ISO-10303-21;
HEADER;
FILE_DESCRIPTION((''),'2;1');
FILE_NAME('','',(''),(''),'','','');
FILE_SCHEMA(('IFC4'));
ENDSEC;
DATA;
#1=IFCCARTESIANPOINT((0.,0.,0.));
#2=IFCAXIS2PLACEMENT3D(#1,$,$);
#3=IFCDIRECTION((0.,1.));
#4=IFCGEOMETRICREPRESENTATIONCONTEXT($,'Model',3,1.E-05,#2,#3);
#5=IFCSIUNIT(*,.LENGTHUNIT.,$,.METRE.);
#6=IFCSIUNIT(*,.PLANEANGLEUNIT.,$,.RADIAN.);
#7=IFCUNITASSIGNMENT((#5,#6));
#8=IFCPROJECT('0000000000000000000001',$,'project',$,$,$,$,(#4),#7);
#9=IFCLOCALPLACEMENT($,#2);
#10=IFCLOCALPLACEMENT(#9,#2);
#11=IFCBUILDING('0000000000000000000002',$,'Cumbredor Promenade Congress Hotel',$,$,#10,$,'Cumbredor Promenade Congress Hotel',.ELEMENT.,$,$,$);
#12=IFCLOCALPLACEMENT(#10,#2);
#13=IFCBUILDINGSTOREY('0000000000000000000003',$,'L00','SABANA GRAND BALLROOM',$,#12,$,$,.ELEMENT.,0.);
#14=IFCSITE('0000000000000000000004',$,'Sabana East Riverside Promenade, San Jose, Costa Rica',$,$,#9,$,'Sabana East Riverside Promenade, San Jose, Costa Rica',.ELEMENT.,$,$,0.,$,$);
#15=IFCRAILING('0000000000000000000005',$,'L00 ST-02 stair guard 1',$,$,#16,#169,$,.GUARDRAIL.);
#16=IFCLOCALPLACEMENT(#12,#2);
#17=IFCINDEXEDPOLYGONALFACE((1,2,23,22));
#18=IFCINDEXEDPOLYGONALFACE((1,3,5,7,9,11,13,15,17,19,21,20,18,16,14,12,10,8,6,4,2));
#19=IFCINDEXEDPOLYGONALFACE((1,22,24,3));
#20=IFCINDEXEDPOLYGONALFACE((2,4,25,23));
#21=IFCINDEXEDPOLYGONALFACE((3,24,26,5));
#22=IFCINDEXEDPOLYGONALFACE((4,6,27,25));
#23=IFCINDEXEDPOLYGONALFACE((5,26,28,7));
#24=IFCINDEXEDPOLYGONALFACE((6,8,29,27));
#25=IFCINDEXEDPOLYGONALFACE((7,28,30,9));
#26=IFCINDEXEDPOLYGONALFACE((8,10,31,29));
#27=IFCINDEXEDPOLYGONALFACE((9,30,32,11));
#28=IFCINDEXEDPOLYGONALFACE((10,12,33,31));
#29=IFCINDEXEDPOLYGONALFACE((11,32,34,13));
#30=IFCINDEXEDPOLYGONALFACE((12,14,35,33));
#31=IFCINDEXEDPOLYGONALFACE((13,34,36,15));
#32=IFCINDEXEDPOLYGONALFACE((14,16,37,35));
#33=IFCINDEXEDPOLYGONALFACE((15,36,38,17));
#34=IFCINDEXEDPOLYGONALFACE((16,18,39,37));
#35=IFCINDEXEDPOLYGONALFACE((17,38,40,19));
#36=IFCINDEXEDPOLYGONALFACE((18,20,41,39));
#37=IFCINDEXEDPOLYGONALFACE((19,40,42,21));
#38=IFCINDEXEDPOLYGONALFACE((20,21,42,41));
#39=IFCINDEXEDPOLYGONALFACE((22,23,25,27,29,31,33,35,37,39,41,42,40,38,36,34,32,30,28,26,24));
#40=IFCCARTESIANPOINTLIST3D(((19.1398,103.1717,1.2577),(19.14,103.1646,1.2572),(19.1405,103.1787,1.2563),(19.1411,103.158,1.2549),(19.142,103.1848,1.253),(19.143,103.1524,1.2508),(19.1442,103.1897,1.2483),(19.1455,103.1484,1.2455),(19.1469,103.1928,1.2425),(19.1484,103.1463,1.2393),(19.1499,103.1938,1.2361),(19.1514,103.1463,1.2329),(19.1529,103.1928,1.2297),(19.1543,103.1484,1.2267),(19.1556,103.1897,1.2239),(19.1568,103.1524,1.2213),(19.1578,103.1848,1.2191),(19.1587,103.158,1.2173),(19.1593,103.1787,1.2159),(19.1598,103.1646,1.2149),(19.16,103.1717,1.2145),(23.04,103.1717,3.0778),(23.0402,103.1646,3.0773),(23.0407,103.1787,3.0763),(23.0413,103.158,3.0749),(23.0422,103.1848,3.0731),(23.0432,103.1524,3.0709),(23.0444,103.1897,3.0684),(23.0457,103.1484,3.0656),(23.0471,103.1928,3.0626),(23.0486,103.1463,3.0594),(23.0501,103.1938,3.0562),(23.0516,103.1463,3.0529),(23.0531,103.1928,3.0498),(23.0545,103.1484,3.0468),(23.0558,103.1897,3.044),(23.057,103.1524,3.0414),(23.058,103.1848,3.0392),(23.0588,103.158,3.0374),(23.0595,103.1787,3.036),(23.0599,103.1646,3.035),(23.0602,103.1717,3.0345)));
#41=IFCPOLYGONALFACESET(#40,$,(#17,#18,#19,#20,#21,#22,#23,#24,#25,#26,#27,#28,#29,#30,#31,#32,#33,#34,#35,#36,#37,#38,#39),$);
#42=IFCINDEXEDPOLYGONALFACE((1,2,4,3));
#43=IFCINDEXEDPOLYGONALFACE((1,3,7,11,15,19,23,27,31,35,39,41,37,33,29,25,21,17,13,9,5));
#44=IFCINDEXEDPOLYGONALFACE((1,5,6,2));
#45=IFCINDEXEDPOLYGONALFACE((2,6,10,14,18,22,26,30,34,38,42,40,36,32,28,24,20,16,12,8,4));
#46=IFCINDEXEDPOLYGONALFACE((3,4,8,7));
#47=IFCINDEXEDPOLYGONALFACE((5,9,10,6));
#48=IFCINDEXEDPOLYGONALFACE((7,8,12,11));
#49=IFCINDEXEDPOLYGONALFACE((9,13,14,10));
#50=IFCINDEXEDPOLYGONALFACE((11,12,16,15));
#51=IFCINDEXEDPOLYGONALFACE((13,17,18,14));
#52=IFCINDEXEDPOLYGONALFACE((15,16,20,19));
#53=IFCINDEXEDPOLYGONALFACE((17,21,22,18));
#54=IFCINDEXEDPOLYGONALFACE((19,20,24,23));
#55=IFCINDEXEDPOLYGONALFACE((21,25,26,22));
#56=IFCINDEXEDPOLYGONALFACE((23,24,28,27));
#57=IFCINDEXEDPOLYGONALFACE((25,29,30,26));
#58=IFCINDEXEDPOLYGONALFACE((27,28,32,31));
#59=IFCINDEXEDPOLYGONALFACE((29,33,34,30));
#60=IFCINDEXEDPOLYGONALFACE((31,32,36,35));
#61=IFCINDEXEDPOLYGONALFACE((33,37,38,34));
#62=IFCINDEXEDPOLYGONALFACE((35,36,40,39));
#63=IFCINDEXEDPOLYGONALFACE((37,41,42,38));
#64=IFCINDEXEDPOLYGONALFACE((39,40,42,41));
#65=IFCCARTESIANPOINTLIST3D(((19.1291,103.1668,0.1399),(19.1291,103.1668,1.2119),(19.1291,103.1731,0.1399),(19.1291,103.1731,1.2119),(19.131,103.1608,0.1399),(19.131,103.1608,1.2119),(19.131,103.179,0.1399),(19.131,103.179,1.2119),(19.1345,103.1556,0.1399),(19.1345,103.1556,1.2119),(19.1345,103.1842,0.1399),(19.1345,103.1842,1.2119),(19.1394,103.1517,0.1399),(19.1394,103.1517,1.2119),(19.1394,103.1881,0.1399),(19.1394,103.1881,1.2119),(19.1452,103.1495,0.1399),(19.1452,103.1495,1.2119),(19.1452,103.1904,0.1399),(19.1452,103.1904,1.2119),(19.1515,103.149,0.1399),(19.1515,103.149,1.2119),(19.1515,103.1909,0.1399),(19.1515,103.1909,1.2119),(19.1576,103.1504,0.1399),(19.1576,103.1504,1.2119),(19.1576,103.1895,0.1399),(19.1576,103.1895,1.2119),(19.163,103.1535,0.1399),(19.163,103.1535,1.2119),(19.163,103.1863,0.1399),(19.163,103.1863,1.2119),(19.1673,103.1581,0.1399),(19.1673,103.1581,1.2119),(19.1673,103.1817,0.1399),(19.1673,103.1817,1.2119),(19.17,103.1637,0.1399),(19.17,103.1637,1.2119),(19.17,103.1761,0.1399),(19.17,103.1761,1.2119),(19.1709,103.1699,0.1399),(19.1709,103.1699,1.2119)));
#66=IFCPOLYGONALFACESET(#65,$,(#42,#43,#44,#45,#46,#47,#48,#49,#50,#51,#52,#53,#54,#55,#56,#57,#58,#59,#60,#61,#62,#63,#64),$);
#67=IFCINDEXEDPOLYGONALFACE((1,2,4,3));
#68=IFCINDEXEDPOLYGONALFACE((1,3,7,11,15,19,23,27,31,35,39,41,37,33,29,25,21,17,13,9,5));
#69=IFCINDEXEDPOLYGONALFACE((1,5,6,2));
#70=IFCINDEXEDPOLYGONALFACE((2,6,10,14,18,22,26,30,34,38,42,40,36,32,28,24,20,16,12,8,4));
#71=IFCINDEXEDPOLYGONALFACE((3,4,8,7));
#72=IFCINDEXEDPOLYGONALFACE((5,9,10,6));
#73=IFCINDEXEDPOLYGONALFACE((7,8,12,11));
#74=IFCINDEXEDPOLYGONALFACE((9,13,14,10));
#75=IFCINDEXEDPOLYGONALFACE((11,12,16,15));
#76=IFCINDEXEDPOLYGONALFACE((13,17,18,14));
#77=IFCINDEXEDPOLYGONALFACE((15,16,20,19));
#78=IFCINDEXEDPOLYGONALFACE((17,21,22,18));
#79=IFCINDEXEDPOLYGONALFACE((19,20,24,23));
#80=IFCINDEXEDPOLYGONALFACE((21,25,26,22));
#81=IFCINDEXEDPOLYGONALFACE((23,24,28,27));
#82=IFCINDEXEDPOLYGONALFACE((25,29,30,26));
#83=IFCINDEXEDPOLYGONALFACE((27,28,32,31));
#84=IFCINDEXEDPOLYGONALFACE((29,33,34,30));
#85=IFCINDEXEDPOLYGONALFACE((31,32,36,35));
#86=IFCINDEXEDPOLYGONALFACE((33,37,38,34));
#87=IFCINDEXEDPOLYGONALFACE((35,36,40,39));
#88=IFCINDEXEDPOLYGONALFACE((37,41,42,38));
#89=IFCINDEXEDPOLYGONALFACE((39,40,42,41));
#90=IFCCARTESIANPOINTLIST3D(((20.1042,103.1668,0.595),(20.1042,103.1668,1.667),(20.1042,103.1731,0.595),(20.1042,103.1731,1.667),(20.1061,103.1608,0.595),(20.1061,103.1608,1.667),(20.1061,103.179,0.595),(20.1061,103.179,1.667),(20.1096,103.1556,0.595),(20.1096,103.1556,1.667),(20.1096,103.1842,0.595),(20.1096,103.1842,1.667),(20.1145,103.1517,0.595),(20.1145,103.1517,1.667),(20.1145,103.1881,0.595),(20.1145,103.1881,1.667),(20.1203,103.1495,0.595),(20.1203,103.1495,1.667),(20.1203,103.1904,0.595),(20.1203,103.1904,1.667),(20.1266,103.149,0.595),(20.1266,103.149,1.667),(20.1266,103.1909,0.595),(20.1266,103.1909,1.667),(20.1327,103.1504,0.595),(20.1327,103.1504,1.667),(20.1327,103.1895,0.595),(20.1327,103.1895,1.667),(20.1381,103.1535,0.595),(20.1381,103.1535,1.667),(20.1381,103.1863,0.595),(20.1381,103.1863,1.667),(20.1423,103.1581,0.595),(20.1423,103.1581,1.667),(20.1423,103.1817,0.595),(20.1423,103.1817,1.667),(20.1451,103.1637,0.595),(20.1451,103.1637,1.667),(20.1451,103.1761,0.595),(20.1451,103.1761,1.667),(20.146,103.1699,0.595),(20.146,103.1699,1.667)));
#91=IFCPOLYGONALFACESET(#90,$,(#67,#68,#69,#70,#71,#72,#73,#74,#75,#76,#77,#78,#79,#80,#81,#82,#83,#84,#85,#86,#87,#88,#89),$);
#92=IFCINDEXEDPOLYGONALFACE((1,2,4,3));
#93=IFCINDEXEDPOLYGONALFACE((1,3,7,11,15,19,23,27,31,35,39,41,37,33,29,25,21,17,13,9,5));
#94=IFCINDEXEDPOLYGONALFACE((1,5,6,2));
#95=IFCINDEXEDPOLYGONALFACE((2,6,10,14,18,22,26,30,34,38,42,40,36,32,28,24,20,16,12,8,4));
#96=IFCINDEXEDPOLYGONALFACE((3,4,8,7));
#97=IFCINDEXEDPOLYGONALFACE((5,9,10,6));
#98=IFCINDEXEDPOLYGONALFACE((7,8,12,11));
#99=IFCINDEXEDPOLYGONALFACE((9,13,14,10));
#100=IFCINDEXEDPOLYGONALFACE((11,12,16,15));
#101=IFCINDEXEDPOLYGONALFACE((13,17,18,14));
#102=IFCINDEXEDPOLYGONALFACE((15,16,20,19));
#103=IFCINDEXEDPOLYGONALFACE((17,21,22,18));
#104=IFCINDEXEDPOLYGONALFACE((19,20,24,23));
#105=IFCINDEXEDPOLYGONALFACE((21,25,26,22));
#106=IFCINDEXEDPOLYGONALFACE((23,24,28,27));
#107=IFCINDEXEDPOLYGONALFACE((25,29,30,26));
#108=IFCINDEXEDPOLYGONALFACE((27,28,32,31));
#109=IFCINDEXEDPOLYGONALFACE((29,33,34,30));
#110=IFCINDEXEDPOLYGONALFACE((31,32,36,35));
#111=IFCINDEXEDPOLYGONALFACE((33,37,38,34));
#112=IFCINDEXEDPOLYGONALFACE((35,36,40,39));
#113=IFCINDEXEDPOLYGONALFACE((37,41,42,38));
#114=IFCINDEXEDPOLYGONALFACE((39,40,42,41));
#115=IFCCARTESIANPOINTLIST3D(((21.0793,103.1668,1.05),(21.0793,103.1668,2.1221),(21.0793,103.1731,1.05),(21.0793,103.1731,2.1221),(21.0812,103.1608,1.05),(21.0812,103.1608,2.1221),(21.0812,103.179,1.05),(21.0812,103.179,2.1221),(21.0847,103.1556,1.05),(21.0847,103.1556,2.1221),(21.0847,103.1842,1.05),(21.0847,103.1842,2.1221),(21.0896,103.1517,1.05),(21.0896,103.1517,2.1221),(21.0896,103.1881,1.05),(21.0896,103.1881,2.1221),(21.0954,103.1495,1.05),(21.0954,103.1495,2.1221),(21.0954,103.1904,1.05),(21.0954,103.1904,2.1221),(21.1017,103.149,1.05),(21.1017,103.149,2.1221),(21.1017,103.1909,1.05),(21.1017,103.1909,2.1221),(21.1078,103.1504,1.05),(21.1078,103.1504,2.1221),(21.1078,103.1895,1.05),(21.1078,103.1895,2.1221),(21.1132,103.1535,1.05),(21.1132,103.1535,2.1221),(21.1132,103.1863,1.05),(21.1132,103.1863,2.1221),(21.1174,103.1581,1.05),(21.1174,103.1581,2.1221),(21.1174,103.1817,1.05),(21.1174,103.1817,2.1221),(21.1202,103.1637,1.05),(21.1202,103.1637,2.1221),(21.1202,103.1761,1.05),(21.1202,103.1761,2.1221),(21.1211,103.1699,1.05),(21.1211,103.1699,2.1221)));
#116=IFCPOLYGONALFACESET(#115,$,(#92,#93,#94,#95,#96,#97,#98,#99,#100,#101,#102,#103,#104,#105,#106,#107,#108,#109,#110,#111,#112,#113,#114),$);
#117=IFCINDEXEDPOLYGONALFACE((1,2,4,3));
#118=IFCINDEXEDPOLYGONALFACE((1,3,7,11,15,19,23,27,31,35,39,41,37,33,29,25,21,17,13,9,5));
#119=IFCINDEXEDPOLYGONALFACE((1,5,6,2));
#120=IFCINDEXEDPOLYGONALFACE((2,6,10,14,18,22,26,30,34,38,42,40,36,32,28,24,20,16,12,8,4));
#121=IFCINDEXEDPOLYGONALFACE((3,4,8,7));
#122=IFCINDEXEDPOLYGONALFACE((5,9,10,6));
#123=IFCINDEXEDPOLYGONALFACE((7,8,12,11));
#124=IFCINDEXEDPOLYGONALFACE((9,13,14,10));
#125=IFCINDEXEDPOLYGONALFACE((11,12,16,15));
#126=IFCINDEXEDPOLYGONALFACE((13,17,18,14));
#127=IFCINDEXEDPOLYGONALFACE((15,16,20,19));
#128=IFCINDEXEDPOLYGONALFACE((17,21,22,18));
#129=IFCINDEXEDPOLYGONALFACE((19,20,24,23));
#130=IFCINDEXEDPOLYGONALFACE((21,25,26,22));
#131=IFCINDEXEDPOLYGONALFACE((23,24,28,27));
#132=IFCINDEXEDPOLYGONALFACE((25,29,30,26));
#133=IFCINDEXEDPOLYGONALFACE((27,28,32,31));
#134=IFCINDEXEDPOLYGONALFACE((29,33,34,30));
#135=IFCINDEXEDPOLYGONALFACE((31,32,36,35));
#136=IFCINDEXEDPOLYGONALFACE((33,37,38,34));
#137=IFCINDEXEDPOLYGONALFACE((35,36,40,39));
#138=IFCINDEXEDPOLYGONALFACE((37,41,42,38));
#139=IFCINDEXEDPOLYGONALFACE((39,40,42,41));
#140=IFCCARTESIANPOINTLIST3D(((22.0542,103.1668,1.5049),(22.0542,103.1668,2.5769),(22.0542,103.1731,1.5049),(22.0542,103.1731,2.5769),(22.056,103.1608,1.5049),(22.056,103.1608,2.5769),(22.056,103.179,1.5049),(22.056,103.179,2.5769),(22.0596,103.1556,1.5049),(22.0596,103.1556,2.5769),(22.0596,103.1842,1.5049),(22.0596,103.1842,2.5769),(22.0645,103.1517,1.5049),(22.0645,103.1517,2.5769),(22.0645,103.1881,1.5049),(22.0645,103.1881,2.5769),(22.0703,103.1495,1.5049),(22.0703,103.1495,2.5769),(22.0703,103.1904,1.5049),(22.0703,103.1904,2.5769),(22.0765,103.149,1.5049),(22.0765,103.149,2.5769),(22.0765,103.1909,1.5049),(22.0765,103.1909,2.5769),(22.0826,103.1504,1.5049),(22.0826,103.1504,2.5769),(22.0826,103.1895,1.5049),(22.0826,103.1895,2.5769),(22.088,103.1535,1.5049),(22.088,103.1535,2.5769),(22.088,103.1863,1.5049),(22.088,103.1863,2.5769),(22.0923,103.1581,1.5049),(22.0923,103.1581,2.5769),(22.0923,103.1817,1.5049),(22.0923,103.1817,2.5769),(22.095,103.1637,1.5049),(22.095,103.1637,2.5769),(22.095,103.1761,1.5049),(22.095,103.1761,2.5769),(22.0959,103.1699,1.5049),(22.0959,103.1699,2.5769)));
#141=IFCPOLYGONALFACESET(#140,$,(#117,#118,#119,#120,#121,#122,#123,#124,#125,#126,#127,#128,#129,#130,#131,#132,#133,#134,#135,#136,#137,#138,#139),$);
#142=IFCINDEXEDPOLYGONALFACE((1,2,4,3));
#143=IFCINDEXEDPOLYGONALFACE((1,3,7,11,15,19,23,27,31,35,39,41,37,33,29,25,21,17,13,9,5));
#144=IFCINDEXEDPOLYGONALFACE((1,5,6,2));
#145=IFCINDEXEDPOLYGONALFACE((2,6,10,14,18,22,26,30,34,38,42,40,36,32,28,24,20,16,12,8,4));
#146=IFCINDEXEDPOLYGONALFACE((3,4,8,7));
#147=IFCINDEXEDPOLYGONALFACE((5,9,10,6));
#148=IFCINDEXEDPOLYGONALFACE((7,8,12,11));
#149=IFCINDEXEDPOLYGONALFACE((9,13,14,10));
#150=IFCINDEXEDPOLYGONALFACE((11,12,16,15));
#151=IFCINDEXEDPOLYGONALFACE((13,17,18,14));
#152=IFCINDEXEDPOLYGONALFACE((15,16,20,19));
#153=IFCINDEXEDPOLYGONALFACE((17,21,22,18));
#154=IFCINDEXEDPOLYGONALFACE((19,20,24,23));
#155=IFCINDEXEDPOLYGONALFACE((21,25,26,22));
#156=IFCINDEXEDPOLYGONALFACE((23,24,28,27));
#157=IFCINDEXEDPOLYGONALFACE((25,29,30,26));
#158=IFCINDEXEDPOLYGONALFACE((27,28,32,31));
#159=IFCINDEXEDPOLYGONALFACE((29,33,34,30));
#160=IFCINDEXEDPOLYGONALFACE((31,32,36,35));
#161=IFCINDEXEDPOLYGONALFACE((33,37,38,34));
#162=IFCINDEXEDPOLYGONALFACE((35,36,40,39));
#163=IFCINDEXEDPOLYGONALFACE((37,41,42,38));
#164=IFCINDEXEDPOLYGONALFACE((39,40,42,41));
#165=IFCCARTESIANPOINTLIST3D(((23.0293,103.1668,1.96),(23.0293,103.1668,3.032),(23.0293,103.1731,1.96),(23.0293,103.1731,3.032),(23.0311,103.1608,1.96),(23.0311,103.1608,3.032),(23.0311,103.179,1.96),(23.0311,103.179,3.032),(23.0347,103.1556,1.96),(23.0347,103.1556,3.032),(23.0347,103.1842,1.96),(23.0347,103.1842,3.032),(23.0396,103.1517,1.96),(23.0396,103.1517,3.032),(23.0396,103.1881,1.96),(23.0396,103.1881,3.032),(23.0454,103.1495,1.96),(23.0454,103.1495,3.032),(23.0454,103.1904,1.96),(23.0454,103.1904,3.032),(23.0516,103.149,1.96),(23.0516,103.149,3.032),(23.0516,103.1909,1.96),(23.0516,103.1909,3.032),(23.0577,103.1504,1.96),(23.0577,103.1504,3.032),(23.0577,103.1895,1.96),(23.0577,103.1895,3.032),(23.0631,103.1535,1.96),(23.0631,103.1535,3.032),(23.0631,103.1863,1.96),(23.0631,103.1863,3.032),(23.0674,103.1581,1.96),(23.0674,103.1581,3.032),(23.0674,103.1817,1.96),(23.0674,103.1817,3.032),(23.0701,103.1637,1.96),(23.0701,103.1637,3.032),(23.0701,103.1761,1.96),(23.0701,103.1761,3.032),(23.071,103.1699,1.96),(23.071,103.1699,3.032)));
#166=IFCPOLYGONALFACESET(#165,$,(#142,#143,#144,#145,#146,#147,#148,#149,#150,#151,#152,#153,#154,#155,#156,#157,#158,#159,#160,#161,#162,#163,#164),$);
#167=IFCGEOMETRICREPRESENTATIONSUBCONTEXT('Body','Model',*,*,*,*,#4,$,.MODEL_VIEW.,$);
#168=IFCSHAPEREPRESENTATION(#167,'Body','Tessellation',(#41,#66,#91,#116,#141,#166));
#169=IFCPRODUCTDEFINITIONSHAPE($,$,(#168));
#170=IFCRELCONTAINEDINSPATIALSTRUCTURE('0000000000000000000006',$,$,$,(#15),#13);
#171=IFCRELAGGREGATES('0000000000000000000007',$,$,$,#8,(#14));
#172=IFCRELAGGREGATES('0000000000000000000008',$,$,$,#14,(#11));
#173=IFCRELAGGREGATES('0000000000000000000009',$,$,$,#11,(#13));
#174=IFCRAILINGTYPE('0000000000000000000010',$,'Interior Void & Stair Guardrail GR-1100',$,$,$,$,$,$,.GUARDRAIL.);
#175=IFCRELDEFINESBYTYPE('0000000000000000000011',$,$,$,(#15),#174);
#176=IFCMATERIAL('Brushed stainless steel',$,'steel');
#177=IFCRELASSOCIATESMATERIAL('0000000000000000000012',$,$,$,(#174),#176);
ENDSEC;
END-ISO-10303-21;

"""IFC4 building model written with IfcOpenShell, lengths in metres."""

from ifc_helpers import new_model, si_unit, direction, frame, origin, origin_2d, place, context, subcontext, project, spatial, circle, extrude, material, type_object, element, save


model = new_model("IFC4")

# Units and contexts
model_context = context("Model", 3, precision=1e-05, world=origin(), true_north=direction((0.0, 1.0)))
body_context = subcontext(model_context, "Body", "Model", "MODEL_VIEW")
ifc_project = project(units=[si_unit("LENGTHUNIT", "METRE"), si_unit("PLANEANGLEUNIT", "RADIAN")], contexts=[model_context])

# Site, building, storey
site_placement = place(None, origin())
site = spatial("IfcSite", under=ifc_project, at=site_placement, Name="Sabana East Riverside Promenade, San Jose, Costa Rica", LongName="Sabana East Riverside Promenade, San Jose, Costa Rica", CompositionType="ELEMENT", RefElevation=0.0)
building_placement = place(site_placement, origin())
building = spatial("IfcBuilding", under=site, at=building_placement, Name="Cumbredor Promenade Congress Hotel", LongName="Cumbredor Promenade Congress Hotel", CompositionType="ELEMENT")
storey_placement = place(building_placement, origin())
storey = spatial("IfcBuildingStorey", under=building, at=storey_placement, Name="L00", Description="SABANA GRAND BALLROOM", CompositionType="ELEMENT", Elevation=0.0)

# Shared definitions
ifc_material_1 = material(Name="Brushed stainless steel", Category="steel")

# Railing
railing_type_1 = type_object("IfcRailingType", Name="Interior Void & Stair Guardrail GR-1100", PredefinedType="GUARDRAIL", material=ifc_material_1)
railing_1_placement = place(storey_placement, frame((19.1499, 103.1699, 0.1399)))
element("IfcRailing", 1, at=railing_1_placement, inside=storey, type_object=railing_type_1, Name="L00 ST-02 stair guard 1", PredefinedType="GUARDRAIL", context=body_context, shape_type="SweptSolid", body=[
    extrude(circle(Radius=0.0239, at=origin_2d()), frame((0.0, 0.0, 1.0962), z_axis=(0.906183, 0.0, 0.422885), x_axis=(0.0, 1.0, 0.0)), (0.0, 0.0, 1.0), 4.304),
    extrude(circle(Radius=0.021, at=origin_2d()), origin(), (0.0, 0.0, 1.0), 1.072),
    extrude(circle(Radius=0.021, at=origin_2d()), frame((0.9751, 0.0, 0.4551)), (0.0, 0.0, 1.0), 1.072),
    extrude(circle(Radius=0.021, at=origin_2d()), frame((1.9502, 0.0, 0.9102)), (0.0, 0.0, 1.0), 1.072),
    extrude(circle(Radius=0.021, at=origin_2d()), frame((2.925, 0.0, 1.365)), (0.0, 0.0, 1.0), 1.072),
    extrude(circle(Radius=0.021, at=origin_2d()), frame((3.9001, 0.0, 1.8201)), (0.0, 0.0, 1.0), 1.072),
])

save(model, "model.ifc")
